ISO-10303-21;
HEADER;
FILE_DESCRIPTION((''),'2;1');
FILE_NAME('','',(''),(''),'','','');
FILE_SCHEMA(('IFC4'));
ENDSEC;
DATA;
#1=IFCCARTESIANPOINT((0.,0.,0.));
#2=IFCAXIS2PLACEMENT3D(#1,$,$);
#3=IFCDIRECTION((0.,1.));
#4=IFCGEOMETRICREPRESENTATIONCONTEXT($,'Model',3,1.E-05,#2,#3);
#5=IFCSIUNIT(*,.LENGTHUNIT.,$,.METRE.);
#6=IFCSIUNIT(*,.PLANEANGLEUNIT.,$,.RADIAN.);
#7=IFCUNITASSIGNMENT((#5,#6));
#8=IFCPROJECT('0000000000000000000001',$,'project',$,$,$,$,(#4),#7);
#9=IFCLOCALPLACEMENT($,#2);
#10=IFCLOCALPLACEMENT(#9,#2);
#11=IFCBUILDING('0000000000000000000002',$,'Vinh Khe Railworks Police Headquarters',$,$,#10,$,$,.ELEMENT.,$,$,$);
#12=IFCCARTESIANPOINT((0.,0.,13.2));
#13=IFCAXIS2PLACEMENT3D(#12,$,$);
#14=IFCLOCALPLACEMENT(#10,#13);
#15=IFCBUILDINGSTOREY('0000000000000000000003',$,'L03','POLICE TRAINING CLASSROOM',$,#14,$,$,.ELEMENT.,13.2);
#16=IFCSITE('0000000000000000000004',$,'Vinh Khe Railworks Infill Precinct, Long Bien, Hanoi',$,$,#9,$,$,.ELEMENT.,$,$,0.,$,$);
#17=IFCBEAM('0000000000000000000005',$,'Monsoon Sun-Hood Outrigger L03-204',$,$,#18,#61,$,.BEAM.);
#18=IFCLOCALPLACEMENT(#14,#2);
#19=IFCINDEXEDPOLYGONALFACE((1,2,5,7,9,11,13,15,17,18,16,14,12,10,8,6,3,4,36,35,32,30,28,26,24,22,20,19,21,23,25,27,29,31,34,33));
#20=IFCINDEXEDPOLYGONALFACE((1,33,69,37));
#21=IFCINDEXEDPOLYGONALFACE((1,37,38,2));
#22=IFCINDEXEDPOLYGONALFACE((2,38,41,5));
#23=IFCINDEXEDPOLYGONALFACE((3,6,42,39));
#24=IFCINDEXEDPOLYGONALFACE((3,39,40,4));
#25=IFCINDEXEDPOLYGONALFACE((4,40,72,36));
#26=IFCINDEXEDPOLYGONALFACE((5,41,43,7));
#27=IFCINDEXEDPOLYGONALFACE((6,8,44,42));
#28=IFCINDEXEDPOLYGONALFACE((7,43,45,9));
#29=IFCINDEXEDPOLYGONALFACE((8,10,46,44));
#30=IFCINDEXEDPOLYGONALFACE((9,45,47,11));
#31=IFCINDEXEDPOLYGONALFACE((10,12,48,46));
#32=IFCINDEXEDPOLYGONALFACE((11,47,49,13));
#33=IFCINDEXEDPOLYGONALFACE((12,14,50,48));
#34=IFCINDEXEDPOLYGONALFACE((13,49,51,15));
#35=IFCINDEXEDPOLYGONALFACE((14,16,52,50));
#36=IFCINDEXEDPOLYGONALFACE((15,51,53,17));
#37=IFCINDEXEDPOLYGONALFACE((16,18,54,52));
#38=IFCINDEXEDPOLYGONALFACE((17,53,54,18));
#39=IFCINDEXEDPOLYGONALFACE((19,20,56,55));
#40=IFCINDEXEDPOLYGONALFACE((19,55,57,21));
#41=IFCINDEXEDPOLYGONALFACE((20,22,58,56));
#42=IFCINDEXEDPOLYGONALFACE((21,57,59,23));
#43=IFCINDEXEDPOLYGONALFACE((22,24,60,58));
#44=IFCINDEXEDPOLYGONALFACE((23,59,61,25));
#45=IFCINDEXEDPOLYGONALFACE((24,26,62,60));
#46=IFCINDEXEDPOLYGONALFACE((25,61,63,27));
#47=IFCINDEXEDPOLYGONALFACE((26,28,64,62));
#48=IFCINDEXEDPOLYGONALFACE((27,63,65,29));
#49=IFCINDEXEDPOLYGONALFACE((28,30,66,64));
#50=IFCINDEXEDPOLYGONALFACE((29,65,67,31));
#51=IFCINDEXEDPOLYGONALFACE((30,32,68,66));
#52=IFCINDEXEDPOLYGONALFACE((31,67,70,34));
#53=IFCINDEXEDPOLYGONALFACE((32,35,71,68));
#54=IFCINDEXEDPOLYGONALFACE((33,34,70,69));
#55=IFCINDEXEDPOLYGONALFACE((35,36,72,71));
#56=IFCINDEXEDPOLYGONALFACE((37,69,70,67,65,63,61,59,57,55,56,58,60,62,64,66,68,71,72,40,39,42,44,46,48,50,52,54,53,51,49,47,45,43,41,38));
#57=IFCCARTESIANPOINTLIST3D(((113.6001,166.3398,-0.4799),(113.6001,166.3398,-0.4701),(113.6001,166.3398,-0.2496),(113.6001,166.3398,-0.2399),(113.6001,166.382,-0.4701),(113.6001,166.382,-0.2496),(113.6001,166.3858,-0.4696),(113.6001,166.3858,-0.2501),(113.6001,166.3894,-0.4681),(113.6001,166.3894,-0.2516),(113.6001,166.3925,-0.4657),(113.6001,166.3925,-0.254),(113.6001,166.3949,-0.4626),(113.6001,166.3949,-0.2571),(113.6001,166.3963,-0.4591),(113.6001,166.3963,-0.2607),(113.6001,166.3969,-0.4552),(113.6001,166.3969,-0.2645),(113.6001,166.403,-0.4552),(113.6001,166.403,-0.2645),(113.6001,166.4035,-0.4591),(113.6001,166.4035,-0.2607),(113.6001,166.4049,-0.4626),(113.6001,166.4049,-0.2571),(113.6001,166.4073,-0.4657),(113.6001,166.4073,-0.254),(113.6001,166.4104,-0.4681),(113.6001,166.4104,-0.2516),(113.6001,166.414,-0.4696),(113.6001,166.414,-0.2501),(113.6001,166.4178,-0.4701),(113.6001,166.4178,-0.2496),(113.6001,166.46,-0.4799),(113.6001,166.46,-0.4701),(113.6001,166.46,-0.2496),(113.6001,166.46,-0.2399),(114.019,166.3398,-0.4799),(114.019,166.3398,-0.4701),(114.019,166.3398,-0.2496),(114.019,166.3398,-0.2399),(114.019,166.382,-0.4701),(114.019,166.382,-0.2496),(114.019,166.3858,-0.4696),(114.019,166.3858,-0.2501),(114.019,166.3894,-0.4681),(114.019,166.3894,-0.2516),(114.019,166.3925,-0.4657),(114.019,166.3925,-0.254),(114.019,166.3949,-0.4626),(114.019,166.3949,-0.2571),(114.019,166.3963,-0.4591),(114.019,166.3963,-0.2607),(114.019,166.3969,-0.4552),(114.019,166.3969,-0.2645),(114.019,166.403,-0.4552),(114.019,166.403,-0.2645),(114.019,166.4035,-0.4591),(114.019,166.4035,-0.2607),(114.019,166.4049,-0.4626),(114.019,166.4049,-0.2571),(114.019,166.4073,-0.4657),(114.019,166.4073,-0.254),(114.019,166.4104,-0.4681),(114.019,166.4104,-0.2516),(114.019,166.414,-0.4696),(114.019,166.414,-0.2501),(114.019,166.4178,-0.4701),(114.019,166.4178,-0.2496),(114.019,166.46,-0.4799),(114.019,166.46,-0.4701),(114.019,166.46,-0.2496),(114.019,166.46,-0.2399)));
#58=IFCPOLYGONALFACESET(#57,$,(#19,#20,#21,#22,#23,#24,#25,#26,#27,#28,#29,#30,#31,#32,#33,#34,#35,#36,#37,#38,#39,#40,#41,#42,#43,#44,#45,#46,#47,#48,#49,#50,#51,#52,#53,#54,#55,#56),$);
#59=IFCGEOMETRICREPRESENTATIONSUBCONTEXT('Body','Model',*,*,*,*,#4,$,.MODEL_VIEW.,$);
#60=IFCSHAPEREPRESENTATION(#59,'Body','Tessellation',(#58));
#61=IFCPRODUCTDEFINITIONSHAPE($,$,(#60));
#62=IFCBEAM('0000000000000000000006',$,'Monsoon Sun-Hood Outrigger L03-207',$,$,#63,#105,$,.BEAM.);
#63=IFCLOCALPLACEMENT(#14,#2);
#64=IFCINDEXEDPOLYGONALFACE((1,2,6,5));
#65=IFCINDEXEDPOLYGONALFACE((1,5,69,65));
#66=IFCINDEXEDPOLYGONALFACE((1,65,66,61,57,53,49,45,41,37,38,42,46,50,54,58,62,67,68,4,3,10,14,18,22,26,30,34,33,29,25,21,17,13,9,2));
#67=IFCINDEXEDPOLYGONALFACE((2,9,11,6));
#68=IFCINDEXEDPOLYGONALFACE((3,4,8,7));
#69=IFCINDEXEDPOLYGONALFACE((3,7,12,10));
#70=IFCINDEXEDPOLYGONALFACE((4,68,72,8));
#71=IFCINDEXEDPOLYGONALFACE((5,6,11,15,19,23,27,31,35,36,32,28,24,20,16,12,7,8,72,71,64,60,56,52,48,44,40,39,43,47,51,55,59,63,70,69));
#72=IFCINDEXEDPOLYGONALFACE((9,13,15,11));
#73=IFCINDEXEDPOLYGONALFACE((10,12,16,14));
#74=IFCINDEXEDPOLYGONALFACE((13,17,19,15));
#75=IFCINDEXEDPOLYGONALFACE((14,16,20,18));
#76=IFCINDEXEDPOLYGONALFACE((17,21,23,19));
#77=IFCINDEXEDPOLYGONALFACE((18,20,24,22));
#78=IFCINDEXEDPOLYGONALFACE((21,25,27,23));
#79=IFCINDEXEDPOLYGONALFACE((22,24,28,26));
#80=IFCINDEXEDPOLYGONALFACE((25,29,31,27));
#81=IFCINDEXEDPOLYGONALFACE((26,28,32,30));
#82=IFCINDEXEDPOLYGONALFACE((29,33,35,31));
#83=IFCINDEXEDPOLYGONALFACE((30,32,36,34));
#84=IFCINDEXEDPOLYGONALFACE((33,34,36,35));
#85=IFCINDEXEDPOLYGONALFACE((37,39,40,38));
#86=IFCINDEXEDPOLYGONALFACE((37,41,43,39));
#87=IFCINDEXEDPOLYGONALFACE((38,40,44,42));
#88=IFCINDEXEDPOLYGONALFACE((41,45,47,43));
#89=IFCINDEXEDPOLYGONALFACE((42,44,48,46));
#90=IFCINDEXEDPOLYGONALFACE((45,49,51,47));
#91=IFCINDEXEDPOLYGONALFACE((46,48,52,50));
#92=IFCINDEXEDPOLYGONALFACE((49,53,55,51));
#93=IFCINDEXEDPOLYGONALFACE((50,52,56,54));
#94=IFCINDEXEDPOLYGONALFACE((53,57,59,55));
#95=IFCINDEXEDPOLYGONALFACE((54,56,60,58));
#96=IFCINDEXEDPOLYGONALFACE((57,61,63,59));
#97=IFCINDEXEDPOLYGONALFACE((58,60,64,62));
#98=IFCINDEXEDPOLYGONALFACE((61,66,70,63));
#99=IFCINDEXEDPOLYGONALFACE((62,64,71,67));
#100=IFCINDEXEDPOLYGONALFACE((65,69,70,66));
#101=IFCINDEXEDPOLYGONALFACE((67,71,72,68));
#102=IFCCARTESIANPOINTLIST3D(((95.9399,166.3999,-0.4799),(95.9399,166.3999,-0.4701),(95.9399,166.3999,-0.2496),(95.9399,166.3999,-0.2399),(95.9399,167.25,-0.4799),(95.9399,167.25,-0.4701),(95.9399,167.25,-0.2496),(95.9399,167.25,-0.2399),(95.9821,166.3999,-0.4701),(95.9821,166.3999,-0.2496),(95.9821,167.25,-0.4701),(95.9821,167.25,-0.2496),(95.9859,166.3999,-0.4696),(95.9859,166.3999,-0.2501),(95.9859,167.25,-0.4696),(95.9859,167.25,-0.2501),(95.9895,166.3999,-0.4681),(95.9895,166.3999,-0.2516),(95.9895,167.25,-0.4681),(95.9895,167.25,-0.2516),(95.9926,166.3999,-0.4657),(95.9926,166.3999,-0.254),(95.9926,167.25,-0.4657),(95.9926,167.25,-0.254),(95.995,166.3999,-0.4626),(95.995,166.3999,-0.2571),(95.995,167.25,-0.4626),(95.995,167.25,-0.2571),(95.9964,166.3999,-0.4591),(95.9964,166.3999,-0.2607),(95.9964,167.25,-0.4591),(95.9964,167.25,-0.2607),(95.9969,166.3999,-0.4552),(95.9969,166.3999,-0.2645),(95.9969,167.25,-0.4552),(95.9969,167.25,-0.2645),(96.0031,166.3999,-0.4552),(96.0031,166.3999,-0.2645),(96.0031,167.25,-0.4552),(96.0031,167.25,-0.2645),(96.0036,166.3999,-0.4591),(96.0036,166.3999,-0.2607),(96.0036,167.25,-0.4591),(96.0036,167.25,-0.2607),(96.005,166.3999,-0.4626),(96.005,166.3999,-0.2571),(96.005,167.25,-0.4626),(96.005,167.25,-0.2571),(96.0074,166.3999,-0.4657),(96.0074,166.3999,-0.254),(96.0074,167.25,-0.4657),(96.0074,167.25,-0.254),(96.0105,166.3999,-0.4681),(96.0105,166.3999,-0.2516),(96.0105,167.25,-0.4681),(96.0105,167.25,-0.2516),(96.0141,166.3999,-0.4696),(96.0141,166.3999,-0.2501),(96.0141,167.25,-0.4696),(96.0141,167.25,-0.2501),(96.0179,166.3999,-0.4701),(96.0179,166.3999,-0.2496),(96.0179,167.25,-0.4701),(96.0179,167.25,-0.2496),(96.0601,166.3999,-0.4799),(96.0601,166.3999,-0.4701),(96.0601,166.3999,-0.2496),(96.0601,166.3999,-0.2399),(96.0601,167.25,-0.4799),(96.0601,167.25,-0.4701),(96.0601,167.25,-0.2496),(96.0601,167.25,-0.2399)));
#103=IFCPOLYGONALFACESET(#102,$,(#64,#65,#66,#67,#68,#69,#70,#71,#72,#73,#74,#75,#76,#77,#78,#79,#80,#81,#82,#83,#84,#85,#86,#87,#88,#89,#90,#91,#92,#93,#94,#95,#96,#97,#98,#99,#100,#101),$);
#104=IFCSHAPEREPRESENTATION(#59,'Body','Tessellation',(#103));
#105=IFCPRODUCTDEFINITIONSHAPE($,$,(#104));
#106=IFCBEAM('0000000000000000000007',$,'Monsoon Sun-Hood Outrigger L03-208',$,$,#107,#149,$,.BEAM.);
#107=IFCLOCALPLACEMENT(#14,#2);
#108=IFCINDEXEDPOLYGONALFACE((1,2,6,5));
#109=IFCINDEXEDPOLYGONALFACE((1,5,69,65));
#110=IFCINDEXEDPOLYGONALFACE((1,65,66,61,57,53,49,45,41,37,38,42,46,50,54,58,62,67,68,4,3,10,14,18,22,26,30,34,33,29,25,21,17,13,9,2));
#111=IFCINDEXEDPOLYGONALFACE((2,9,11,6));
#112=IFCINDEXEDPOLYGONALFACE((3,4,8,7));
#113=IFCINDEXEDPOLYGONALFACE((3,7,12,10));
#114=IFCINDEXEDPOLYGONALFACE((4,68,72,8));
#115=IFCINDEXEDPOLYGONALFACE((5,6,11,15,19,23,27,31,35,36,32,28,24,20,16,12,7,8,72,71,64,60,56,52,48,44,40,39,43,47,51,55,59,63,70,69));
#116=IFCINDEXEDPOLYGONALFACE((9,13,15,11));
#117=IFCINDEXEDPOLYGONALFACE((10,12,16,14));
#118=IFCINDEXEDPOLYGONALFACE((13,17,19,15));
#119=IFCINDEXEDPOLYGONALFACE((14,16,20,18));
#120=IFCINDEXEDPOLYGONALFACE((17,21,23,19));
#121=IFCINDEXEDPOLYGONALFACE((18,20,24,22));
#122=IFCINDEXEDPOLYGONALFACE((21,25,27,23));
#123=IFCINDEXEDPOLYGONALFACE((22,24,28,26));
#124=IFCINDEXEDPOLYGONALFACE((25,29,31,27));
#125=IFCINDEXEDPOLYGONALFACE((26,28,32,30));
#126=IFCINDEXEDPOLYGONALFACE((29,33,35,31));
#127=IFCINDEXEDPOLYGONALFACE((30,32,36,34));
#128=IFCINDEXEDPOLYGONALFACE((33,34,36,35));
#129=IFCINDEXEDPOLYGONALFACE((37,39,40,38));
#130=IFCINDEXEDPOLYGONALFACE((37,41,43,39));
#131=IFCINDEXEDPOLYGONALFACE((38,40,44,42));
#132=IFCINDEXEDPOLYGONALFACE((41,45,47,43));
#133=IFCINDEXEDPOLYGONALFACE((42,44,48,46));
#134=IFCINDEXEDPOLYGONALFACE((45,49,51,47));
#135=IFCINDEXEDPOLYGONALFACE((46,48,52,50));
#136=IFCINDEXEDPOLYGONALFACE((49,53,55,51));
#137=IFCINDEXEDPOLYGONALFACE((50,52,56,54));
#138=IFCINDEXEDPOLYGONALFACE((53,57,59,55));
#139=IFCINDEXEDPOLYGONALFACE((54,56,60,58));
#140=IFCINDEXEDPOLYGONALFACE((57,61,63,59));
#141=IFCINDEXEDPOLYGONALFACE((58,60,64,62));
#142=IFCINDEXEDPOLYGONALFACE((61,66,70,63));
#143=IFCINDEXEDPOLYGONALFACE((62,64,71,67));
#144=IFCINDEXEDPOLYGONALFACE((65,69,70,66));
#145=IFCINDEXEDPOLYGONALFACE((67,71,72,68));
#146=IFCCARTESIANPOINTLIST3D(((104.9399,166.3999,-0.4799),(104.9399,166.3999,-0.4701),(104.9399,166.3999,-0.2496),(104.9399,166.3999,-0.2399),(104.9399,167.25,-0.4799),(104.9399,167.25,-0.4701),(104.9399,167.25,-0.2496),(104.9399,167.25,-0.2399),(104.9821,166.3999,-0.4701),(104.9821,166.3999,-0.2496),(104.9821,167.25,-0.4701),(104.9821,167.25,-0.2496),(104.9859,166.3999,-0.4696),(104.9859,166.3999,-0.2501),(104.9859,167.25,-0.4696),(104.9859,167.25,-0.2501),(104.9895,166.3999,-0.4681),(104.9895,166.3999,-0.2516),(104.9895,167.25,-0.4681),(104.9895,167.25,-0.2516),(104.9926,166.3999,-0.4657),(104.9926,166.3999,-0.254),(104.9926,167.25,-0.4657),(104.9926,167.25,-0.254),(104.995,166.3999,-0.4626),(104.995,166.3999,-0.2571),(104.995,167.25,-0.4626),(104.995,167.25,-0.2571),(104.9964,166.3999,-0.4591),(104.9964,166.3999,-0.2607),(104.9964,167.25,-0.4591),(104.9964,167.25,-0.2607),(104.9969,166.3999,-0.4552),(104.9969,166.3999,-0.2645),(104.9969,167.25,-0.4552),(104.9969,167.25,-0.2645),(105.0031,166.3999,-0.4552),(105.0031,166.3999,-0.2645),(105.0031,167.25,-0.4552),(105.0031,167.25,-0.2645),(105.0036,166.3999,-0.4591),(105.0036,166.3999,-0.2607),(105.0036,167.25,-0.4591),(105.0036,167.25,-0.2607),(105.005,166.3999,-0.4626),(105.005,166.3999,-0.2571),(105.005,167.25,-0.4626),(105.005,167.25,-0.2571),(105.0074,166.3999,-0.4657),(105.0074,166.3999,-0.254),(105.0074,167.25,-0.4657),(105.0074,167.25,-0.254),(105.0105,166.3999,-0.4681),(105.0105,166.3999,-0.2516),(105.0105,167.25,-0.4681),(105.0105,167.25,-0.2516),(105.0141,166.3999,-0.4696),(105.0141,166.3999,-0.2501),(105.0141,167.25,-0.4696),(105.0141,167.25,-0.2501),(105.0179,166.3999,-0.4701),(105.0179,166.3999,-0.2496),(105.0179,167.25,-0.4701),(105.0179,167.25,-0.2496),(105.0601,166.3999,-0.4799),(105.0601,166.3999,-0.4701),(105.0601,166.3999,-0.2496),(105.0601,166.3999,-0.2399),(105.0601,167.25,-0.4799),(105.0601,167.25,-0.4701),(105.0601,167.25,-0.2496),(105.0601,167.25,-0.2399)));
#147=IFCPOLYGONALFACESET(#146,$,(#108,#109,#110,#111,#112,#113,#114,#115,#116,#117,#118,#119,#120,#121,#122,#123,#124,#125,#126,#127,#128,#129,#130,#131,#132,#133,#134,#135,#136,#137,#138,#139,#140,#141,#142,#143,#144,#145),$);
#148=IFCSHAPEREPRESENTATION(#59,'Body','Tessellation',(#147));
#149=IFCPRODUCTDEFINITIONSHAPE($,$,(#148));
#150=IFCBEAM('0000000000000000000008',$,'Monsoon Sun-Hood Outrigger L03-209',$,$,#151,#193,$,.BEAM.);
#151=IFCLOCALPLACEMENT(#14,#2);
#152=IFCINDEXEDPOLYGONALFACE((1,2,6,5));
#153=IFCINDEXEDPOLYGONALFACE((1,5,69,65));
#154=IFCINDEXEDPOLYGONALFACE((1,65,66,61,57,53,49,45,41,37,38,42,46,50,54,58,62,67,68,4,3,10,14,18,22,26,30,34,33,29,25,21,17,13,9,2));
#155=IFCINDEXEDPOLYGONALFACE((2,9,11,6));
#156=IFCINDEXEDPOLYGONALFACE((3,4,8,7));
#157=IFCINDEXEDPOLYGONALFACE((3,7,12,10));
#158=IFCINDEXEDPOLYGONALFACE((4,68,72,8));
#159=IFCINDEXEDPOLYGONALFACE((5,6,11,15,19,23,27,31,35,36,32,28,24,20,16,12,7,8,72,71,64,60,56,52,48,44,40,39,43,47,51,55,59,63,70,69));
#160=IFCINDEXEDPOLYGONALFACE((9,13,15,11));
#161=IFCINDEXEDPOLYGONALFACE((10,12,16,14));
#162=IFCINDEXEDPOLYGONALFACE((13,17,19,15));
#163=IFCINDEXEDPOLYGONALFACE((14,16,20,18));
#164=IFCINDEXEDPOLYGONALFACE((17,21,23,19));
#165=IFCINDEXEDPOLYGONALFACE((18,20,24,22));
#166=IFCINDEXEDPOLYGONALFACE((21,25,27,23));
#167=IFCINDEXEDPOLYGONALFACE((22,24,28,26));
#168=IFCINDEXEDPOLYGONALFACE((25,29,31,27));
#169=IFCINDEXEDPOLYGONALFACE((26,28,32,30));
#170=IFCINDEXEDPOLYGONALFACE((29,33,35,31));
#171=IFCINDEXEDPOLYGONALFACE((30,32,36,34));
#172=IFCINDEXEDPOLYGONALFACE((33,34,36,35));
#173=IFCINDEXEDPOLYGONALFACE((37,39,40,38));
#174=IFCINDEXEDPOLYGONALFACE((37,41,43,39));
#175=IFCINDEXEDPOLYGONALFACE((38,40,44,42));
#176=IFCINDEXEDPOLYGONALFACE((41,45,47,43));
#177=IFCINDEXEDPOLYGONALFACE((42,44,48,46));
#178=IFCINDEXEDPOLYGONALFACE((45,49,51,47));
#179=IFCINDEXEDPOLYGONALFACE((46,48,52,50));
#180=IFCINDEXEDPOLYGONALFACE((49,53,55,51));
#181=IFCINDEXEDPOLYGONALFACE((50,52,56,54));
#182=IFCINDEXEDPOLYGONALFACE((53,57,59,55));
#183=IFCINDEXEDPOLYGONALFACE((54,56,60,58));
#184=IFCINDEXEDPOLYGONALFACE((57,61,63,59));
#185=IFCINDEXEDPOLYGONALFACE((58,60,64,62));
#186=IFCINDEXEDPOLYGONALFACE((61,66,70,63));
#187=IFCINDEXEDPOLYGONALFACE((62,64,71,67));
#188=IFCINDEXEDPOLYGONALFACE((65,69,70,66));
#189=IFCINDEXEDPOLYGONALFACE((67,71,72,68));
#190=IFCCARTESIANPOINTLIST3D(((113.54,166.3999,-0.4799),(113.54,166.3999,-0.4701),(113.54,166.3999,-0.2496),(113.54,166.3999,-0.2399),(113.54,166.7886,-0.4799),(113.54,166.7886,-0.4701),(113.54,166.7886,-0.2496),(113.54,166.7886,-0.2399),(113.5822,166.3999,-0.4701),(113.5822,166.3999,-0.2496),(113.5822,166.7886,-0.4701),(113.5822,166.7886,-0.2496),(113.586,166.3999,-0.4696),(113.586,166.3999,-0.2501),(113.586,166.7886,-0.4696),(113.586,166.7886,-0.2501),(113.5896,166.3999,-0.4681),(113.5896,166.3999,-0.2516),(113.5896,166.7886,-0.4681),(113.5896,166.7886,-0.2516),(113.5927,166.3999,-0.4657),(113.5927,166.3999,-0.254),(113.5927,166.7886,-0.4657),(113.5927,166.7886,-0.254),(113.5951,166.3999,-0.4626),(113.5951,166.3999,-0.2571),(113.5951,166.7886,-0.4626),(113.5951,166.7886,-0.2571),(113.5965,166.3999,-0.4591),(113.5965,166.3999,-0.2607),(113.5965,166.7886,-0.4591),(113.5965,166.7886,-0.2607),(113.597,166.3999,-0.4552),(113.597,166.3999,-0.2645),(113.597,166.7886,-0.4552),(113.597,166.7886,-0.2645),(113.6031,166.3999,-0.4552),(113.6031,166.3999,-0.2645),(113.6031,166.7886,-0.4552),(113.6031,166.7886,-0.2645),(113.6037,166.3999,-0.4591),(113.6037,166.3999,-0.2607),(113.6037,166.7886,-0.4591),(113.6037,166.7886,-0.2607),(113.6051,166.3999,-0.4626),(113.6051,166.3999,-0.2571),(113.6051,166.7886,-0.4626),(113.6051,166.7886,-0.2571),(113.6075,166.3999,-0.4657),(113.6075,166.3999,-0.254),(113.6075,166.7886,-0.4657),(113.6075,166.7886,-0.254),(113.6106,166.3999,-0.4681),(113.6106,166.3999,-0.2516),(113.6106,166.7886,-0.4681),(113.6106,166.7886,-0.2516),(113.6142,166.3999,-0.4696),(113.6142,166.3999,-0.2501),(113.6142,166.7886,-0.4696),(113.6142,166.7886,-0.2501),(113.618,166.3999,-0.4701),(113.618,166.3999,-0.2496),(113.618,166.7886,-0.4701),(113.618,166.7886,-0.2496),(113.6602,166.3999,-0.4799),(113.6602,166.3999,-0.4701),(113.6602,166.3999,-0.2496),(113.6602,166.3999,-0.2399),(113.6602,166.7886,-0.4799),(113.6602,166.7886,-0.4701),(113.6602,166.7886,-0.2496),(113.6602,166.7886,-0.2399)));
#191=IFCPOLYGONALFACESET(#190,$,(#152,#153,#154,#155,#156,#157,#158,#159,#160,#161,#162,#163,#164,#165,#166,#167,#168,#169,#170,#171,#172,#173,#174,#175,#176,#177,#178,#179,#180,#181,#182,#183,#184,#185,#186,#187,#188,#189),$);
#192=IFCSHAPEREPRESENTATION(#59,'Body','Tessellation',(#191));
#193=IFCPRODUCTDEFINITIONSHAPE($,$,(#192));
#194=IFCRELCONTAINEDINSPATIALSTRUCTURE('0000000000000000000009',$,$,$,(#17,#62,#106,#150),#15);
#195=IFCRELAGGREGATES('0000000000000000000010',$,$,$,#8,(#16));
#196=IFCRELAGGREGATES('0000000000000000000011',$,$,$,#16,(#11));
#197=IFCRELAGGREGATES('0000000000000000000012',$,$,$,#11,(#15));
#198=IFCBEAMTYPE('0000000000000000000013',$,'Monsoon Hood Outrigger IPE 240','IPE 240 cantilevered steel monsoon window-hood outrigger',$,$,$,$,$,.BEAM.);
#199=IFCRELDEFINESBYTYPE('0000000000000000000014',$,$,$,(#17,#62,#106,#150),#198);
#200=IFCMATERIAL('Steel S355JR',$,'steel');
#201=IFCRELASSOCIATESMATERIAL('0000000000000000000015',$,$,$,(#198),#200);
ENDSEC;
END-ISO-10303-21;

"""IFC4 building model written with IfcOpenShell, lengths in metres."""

from ifc_helpers import new_model, si_unit, direction, frame, origin, origin_2d, place, context, subcontext, project, spatial, i_section, extrude, material, material_profile, profile_set, type_object, element, save


model = new_model("IFC4")

# Units and contexts
model_context = context("Model", 3, precision=1e-05, world=origin(), true_north=direction((0.0, 1.0)))
body_context = subcontext(model_context, "Body", "Model", "MODEL_VIEW")
ifc_project = project(units=[si_unit("LENGTHUNIT", "METRE"), si_unit("PLANEANGLEUNIT", "RADIAN")], contexts=[model_context])

# Site, building, storey
site_placement = place(None, origin())
site = spatial("IfcSite", under=ifc_project, at=site_placement, Name="Vinh Khe Railworks Infill Precinct, Long Bien, Hanoi", CompositionType="ELEMENT", RefElevation=0.0)
building_placement = place(site_placement, origin())
building = spatial("IfcBuilding", under=site, at=building_placement, Name="Vinh Khe Railworks Police Headquarters", CompositionType="ELEMENT")
storey_placement = place(building_placement, frame((0.0, 0.0, 13.2)))
storey = spatial("IfcBuildingStorey", under=building, at=storey_placement, Name="L03", Description="POLICE TRAINING CLASSROOM", CompositionType="ELEMENT", Elevation=13.2)

# Shared definitions
ifc_material_1 = material(Name="Steel S355JR", Category="steel")

# Beams
ifc_material_profile_1 = material_profile(ifc_material_1, i_section(OverallWidth=0.1201, OverallDepth=0.24, WebThickness=0.0061, FlangeThickness=0.0098, FilletRadius=0.0149, at=origin_2d()), Name="IPE 240")
ifc_profile_set_1 = profile_set([ifc_material_profile_1], Name="Steel S355JR")
beam_type_1 = type_object("IfcBeamType", Name="Monsoon Hood Outrigger IPE 240", Description="IPE 240 cantilevered steel monsoon window-hood outrigger", PredefinedType="BEAM", material=ifc_profile_set_1)
beam_1_placement = place(storey_placement, frame((113.6001, 166.3999, -0.3599), z_axis=(1.0, 0.0, 0.0), x_axis=(0.0, 1.0, 0.0)))
element("IfcBeam", 1, at=beam_1_placement, inside=storey, type_object=beam_type_1, Name="Monsoon Sun-Hood Outrigger L03-204", PredefinedType="BEAM", context=body_context, shape_type="SweptSolid", body=[
    extrude(i_section(OverallWidth=0.1201, OverallDepth=0.24, WebThickness=0.0061, FlangeThickness=0.0098, FilletRadius=0.0149, at=origin_2d()), origin(), (0.0, 0.0, 1.0), 0.4189),
])
for number, where, z_axis, x_axis, name in (
    (2, (96.0, 166.3999, -0.3599), (0.0, 1.0, 0.0), (-1.0, 0.0, 0.0), "Monsoon Sun-Hood Outrigger L03-207"),
    (3, (105.0, 166.3999, -0.3599), (0.0, 1.0, 0.0), (-1.0, 0.0, 0.0), "Monsoon Sun-Hood Outrigger L03-208"),
):
    element("IfcBeam", number, at=place(storey_placement, frame(where, z_axis=z_axis, x_axis=x_axis)), inside=storey, type_object=beam_type_1, Name=name, PredefinedType="BEAM", context=body_context, shape_type="SweptSolid", body=[
        extrude(i_section(OverallWidth=0.1201, OverallDepth=0.24, WebThickness=0.0061, FlangeThickness=0.0098, FilletRadius=0.0149, at=origin_2d()), origin(), (0.0, 0.0, 1.0), 0.8501),
    ])
beam_2_placement = place(storey_placement, frame((113.6001, 166.3999, -0.3599), z_axis=(0.0, 1.0, 0.0), x_axis=(-1.0, 0.0, 0.0)))
element("IfcBeam", 4, at=beam_2_placement, inside=storey, type_object=beam_type_1, Name="Monsoon Sun-Hood Outrigger L03-209", PredefinedType="BEAM", context=body_context, shape_type="SweptSolid", body=[
    extrude(i_section(OverallWidth=0.1201, OverallDepth=0.24, WebThickness=0.0061, FlangeThickness=0.0098, FilletRadius=0.0149, at=origin_2d()), origin(), (0.0, 0.0, 1.0), 0.3887),
])

save(model, "model.ifc")
